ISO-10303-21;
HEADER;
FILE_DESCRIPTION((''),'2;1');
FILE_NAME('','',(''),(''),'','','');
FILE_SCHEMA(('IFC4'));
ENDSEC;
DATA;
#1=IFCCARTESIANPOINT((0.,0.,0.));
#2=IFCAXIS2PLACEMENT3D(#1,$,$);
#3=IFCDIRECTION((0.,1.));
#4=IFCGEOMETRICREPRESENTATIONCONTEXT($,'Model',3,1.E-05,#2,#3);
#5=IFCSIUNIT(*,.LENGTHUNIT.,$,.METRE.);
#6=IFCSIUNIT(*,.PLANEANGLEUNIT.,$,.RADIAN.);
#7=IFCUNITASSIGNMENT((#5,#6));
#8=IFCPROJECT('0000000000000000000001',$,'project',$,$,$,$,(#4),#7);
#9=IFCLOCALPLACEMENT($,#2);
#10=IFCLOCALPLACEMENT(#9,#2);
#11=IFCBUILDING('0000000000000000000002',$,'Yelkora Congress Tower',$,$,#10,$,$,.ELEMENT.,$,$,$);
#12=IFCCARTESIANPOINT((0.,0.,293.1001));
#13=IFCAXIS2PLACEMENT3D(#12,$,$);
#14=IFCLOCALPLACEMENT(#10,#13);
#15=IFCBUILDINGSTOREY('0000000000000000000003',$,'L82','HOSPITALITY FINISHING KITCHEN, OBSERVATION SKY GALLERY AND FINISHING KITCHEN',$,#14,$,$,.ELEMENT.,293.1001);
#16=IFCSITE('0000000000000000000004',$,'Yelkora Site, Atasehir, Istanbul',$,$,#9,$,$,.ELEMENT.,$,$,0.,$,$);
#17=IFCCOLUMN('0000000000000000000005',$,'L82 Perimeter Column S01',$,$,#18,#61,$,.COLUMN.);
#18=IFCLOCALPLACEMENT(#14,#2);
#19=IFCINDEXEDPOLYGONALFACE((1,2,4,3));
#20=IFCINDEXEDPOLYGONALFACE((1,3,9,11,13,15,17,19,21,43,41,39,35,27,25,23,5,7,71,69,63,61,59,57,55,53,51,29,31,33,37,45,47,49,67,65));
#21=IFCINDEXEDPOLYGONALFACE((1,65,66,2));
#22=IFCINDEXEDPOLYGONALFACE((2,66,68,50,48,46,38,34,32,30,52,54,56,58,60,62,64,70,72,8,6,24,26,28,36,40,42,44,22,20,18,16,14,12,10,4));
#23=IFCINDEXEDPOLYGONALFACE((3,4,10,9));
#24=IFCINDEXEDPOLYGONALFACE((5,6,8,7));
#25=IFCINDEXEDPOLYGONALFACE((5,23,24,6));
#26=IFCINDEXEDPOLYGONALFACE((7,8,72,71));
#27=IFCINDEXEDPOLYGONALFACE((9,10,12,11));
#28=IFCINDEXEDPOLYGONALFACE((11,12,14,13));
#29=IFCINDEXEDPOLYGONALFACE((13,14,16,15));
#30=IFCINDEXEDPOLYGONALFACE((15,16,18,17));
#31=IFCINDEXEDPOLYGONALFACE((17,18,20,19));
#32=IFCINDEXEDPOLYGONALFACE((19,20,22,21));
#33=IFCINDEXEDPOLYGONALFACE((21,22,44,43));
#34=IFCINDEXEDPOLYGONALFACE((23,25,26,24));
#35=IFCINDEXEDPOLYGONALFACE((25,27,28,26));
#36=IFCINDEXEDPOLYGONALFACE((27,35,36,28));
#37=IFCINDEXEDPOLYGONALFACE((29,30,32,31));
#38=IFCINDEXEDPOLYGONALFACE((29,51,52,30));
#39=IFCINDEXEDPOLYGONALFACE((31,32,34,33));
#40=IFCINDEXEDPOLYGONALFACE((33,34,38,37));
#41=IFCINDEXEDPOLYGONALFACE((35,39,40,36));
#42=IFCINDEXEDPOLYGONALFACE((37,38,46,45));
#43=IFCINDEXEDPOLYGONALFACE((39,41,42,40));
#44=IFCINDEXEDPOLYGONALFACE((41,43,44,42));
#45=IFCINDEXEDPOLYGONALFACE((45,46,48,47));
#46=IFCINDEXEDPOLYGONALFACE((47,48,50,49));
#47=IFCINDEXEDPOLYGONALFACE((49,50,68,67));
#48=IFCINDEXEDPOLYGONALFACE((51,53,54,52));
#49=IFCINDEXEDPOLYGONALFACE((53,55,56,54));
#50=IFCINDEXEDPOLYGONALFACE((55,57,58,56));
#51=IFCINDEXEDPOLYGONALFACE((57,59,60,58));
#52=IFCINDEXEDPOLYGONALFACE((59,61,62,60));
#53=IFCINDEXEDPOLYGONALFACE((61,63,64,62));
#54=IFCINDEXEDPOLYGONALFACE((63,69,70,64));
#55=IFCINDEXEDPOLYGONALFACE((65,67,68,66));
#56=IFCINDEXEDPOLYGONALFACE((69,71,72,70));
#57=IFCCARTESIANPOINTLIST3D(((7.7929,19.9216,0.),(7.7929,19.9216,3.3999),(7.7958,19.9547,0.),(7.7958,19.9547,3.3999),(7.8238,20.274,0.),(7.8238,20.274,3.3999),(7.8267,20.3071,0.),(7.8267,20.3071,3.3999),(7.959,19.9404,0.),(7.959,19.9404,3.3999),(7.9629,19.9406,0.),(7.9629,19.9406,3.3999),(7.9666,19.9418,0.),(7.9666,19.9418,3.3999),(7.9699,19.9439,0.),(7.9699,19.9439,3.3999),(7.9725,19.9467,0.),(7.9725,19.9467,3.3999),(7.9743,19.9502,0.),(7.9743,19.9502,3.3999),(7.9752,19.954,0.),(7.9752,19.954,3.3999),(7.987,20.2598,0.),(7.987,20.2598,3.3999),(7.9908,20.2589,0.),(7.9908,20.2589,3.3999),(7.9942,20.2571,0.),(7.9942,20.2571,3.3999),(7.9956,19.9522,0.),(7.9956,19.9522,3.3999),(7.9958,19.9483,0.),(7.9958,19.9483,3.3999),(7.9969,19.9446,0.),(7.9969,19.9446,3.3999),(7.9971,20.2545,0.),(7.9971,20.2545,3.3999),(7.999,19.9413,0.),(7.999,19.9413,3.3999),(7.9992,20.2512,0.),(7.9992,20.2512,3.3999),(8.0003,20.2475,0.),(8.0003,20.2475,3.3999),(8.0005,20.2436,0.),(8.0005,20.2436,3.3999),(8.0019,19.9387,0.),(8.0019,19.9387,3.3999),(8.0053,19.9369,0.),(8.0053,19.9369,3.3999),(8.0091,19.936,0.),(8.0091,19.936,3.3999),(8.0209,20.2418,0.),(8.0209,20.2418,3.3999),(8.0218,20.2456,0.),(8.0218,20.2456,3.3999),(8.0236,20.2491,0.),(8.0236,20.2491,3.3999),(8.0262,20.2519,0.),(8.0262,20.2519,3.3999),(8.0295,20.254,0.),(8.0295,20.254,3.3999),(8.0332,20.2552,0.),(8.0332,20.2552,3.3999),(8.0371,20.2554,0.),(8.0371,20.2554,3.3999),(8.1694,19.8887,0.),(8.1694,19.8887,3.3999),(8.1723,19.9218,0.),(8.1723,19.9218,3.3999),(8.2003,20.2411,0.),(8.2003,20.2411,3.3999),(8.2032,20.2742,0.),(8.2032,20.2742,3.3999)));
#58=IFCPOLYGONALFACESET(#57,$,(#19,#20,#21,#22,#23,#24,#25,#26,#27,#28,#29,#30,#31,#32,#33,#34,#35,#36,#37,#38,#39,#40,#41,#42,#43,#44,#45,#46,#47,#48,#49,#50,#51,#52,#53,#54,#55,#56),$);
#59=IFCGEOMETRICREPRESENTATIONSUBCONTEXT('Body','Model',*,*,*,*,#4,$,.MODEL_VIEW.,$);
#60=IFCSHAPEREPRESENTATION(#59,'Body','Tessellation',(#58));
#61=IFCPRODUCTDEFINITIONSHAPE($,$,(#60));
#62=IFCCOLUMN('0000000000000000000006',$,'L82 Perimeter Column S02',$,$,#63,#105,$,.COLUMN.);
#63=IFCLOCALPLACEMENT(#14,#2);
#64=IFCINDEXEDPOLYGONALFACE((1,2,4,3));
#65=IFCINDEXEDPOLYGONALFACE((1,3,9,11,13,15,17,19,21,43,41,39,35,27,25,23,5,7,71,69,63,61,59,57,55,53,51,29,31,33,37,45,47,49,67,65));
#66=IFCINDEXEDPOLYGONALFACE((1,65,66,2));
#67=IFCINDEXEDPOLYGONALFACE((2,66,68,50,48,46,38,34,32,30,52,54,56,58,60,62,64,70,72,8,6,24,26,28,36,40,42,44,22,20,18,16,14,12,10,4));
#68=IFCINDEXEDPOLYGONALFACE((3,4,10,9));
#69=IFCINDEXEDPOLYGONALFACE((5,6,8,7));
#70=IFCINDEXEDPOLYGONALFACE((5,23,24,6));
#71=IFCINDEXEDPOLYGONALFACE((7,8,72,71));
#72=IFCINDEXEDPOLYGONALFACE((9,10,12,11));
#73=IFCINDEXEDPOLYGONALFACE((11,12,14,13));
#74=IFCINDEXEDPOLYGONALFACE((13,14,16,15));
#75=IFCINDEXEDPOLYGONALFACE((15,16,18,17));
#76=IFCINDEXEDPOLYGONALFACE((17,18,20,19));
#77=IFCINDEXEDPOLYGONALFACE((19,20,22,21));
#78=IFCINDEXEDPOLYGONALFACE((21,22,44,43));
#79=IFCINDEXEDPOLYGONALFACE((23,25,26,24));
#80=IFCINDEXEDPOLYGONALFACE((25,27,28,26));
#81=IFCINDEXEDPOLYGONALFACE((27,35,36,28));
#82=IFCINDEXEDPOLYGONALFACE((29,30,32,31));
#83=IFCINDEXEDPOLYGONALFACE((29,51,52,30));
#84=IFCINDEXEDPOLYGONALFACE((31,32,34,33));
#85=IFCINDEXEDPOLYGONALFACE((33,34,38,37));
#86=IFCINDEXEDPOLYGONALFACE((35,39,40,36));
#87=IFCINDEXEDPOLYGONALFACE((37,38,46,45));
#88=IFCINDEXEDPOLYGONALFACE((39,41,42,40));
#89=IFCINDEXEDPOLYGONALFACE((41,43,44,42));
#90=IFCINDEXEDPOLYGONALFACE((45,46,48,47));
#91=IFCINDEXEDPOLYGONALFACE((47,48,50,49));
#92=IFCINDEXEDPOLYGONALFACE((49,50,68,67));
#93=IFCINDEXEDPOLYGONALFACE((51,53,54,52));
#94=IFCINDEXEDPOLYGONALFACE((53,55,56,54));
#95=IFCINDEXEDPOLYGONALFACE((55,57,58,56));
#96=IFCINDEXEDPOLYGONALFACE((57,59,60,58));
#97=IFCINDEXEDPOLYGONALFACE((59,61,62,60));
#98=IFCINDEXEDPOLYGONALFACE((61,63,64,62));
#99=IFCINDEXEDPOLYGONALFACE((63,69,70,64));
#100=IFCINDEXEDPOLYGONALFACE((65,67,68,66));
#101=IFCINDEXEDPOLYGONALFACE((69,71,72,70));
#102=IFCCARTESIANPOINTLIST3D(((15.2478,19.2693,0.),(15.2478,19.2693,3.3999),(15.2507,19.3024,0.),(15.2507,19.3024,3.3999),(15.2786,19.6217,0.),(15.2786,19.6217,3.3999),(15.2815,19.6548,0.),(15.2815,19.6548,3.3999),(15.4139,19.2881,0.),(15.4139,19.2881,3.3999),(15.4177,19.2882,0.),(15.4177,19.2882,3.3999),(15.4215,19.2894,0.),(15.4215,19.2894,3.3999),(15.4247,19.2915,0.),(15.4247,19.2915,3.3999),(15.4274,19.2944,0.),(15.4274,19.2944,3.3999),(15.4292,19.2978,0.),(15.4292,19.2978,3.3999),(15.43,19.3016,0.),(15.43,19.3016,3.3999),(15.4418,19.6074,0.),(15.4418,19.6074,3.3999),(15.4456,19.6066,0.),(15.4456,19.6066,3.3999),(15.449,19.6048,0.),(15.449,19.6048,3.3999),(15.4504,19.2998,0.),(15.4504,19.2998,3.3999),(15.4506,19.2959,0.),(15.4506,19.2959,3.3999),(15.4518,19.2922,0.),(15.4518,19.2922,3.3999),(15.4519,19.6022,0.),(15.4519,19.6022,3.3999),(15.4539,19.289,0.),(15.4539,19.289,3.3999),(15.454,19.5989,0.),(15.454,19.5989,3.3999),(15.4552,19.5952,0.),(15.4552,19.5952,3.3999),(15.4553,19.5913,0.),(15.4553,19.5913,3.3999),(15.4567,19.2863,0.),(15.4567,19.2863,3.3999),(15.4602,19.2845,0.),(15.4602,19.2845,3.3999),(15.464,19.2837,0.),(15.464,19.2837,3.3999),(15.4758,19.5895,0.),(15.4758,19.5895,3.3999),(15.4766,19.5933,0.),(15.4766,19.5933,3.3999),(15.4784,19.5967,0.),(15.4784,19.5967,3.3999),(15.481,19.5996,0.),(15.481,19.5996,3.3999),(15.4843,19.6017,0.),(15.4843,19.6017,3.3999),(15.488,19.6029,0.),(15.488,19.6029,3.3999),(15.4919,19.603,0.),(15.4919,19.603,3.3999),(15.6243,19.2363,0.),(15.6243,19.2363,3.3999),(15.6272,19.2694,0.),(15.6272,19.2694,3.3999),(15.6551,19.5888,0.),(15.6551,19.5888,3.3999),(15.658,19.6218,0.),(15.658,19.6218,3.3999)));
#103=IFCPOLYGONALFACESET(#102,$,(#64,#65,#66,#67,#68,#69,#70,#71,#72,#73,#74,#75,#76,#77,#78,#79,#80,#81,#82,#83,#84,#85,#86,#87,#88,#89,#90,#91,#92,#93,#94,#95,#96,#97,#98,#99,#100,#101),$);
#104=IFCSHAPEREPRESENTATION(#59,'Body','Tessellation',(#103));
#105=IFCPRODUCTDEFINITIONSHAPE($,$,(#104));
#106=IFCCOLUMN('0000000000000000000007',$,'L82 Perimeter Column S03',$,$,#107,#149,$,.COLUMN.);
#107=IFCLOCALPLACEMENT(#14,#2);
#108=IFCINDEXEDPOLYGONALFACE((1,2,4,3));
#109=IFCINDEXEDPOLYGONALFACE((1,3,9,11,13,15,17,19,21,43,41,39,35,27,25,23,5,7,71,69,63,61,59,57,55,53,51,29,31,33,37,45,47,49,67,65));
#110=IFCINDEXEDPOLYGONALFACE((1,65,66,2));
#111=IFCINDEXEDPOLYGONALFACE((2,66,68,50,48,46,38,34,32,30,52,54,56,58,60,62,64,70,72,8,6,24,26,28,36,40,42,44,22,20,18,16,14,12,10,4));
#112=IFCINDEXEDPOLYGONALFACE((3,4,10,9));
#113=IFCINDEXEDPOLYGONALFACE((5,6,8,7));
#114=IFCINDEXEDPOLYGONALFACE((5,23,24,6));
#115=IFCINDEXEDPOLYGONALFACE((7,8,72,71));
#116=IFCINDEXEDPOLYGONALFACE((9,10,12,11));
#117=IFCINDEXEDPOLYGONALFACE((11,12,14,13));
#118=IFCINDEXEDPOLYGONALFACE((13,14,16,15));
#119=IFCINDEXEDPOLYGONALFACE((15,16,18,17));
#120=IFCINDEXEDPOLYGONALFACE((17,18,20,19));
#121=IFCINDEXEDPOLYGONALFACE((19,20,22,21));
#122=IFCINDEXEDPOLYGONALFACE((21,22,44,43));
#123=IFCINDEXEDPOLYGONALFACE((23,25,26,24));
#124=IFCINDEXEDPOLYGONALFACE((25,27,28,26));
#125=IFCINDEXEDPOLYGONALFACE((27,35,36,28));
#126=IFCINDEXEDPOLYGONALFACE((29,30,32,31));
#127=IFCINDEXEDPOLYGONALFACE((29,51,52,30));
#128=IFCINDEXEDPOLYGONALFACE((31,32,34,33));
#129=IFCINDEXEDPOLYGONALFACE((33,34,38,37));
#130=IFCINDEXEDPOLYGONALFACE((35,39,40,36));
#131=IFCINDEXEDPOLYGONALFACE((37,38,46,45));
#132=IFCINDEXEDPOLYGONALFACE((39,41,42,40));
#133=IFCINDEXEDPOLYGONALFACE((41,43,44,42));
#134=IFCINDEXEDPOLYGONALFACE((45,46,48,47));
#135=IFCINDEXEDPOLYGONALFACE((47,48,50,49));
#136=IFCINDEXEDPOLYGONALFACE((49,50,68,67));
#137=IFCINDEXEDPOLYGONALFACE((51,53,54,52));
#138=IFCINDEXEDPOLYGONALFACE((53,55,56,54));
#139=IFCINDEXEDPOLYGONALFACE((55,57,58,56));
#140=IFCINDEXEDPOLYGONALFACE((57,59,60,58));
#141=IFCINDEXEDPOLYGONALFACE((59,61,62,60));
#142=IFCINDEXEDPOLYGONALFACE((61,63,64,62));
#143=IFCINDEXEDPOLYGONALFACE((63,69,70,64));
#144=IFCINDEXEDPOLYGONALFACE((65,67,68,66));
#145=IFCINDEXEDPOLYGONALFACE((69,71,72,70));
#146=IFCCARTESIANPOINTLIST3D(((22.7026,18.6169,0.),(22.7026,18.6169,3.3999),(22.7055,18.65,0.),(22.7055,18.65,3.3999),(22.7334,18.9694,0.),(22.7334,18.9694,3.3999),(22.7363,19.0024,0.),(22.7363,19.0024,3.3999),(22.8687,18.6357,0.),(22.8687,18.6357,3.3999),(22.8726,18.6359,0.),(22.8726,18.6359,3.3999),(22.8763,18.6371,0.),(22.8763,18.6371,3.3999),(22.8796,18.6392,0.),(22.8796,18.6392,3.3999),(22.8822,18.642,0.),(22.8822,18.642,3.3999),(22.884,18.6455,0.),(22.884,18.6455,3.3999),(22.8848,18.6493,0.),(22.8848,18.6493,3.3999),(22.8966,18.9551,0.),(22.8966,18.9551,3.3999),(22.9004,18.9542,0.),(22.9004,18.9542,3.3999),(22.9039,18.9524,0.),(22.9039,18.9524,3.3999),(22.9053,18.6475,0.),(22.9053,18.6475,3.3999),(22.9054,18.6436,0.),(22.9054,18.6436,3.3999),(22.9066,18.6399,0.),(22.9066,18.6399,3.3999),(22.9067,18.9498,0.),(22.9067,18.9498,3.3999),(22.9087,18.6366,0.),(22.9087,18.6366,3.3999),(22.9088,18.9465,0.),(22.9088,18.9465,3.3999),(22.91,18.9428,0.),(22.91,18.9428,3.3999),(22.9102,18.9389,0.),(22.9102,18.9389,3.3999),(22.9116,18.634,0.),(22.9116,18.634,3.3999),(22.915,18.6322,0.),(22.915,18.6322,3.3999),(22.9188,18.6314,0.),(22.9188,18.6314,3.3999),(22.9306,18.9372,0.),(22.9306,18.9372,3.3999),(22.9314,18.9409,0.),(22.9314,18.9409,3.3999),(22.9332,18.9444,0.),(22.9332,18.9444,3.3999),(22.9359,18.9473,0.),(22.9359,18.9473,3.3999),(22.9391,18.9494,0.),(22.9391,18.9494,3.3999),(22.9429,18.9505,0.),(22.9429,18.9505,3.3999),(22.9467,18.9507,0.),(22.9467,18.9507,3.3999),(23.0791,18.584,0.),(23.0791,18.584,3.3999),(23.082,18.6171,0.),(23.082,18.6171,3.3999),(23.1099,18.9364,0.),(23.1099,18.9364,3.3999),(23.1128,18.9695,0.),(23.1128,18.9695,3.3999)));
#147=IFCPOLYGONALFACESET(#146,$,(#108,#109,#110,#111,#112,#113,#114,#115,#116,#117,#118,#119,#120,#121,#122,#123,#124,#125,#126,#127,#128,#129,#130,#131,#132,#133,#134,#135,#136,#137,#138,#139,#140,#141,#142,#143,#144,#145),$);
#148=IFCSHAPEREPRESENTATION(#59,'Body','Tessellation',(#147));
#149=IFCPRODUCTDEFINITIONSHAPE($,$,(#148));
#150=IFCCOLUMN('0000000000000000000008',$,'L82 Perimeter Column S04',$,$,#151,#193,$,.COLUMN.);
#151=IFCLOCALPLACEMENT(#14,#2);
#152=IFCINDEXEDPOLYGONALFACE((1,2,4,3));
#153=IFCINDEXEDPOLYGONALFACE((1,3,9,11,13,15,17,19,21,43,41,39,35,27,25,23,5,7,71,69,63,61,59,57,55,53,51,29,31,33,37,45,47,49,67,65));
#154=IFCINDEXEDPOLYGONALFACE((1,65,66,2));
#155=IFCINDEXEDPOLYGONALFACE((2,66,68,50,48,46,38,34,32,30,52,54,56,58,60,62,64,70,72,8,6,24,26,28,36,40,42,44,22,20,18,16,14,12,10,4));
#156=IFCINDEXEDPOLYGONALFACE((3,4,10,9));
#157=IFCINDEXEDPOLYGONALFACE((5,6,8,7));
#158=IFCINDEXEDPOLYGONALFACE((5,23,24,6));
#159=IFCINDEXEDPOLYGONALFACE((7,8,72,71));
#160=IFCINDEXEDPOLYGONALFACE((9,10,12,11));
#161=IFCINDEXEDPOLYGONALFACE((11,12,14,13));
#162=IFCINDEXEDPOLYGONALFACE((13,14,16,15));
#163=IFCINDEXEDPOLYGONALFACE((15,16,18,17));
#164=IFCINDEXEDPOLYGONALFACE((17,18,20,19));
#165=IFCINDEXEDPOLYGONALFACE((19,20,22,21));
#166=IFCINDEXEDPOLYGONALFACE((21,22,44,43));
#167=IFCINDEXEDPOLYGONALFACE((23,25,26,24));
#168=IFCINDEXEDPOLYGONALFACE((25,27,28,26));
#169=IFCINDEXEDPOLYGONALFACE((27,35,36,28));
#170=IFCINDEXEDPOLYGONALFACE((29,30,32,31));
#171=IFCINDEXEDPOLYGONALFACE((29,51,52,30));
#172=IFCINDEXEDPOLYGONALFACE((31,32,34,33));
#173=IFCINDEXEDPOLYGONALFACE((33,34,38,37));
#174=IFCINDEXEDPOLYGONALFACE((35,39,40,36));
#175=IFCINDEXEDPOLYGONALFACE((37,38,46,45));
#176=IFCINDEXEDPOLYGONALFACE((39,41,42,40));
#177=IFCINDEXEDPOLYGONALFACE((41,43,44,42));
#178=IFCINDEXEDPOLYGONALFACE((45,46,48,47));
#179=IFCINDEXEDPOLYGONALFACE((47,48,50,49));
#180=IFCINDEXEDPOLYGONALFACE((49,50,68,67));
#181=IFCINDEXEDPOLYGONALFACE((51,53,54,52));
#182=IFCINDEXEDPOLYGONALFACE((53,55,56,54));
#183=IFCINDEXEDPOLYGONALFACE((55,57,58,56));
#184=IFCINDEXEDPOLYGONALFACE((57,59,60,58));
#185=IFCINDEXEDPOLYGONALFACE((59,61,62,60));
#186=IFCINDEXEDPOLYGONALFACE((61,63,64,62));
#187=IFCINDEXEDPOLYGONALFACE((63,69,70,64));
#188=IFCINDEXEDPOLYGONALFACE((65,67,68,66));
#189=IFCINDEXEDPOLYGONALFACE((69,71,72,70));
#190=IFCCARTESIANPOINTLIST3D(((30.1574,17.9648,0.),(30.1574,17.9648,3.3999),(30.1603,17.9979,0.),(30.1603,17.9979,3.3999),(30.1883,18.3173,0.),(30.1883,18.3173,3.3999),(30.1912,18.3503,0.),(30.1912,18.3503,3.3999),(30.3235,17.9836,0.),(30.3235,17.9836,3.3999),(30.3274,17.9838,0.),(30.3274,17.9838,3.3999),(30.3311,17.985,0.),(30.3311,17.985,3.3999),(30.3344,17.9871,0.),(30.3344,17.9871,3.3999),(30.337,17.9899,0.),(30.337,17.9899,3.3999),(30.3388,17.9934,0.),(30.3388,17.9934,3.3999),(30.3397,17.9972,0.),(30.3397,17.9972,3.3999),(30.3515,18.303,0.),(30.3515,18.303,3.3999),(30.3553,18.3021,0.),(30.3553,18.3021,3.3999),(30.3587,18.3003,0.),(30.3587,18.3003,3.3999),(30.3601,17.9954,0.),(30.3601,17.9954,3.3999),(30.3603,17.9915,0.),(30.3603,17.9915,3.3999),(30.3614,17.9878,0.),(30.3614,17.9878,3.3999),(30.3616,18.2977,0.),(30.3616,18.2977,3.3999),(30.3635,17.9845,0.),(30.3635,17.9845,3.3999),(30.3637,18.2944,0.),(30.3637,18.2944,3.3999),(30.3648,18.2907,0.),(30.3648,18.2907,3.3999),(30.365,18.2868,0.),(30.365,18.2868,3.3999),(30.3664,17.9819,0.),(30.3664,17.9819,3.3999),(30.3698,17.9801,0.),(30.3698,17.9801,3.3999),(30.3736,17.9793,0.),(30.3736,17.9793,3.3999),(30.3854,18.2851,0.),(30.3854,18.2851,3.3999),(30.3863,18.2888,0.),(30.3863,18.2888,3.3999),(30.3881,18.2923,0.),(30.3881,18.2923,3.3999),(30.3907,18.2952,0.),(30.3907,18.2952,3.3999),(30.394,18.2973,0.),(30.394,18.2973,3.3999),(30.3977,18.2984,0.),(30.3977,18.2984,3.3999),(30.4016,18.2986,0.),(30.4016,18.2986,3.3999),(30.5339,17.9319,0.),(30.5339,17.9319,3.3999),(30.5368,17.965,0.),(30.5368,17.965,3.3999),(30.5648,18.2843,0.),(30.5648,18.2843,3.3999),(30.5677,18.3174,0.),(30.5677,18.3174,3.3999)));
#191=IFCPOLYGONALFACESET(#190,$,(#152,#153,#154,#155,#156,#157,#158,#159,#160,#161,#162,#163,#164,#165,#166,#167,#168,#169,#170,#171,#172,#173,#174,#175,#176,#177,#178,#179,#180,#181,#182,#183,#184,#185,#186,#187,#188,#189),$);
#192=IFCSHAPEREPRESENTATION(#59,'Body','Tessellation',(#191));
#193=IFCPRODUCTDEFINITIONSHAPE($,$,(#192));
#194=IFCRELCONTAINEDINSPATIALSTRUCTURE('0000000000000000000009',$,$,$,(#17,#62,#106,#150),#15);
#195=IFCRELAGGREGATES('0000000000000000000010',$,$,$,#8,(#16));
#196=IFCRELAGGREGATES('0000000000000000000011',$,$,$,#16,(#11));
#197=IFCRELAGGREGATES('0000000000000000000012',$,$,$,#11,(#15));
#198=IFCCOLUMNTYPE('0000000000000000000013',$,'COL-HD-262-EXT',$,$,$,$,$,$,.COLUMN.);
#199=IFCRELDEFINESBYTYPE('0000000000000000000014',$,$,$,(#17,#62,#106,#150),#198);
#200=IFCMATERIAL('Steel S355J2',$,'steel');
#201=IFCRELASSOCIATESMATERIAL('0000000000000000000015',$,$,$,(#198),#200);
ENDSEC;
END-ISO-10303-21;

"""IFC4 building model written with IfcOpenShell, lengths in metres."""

from ifc_helpers import new_model, si_unit, direction, frame, origin, origin_2d, place, context, subcontext, project, spatial, i_section, extrude, material, material_profile, profile_set, type_object, element, save


model = new_model("IFC4")

# Units and contexts
model_context = context("Model", 3, precision=1e-05, world=origin(), true_north=direction((0.0, 1.0)))
body_context = subcontext(model_context, "Body", "Model", "MODEL_VIEW")
ifc_project = project(units=[si_unit("LENGTHUNIT", "METRE"), si_unit("PLANEANGLEUNIT", "RADIAN")], contexts=[model_context])

# Site, building, storey
site_placement = place(None, origin())
site = spatial("IfcSite", under=ifc_project, at=site_placement, Name="Yelkora Site, Atasehir, Istanbul", CompositionType="ELEMENT", RefElevation=0.0)
building_placement = place(site_placement, origin())
building = spatial("IfcBuilding", under=site, at=building_placement, Name="Yelkora Congress Tower", CompositionType="ELEMENT")
storey_placement = place(building_placement, frame((0.0, 0.0, 293.1001)))
storey = spatial("IfcBuildingStorey", under=building, at=storey_placement, Name="L82", Description="HOSPITALITY FINISHING KITCHEN, OBSERVATION SKY GALLERY AND FINISHING KITCHEN", CompositionType="ELEMENT", Elevation=293.1001)

# Columns
ifc_material_1 = material(Name="Steel S355J2", Category="steel")
ifc_material_profile_1 = material_profile(ifc_material_1, i_section(OverallWidth=0.3779, OverallDepth=0.387, WebThickness=0.0205, FlangeThickness=0.0332, FilletRadius=0.0149, at=origin_2d()), Name="HD 360x262")
ifc_profile_set_1 = profile_set([ifc_material_profile_1], Name="Steel S355J2")
column_type = type_object("IfcColumnType", Name="COL-HD-262-EXT", PredefinedType="COLUMN", material=ifc_profile_set_1)
for number, where, z_axis, x_axis, name in (
    (1, (7.998, 20.0979, 0.0), (0.0, 0.0, 1.0), (0.996195, -0.087156, 0.0), "L82 Perimeter Column S01"),
    (2, (15.4529, 19.4456, 0.0), (0.0, 0.0, 1.0), (0.996195, -0.087156, 0.0), "L82 Perimeter Column S02"),
    (3, (22.9077, 18.7932, 0.0), (0.0, 0.0, 1.0), (0.996195, -0.087156, 0.0), "L82 Perimeter Column S03"),
    (4, (30.3625, 18.1411, 0.0), (0.0, 0.0, 1.0), (0.996195, -0.087156, 0.0), "L82 Perimeter Column S04"),
):
    element("IfcColumn", number, at=place(storey_placement, frame(where, z_axis=z_axis, x_axis=x_axis)), inside=storey, type_object=column_type, Name=name, PredefinedType="COLUMN", context=body_context, shape_type="SweptSolid", body=[
        extrude(i_section(OverallWidth=0.3779, OverallDepth=0.387, WebThickness=0.0205, FlangeThickness=0.0332, FilletRadius=0.0149, at=origin_2d()), origin(), (0.0, 0.0, 1.0), 3.3999),
    ])

save(model, "model.ifc")
